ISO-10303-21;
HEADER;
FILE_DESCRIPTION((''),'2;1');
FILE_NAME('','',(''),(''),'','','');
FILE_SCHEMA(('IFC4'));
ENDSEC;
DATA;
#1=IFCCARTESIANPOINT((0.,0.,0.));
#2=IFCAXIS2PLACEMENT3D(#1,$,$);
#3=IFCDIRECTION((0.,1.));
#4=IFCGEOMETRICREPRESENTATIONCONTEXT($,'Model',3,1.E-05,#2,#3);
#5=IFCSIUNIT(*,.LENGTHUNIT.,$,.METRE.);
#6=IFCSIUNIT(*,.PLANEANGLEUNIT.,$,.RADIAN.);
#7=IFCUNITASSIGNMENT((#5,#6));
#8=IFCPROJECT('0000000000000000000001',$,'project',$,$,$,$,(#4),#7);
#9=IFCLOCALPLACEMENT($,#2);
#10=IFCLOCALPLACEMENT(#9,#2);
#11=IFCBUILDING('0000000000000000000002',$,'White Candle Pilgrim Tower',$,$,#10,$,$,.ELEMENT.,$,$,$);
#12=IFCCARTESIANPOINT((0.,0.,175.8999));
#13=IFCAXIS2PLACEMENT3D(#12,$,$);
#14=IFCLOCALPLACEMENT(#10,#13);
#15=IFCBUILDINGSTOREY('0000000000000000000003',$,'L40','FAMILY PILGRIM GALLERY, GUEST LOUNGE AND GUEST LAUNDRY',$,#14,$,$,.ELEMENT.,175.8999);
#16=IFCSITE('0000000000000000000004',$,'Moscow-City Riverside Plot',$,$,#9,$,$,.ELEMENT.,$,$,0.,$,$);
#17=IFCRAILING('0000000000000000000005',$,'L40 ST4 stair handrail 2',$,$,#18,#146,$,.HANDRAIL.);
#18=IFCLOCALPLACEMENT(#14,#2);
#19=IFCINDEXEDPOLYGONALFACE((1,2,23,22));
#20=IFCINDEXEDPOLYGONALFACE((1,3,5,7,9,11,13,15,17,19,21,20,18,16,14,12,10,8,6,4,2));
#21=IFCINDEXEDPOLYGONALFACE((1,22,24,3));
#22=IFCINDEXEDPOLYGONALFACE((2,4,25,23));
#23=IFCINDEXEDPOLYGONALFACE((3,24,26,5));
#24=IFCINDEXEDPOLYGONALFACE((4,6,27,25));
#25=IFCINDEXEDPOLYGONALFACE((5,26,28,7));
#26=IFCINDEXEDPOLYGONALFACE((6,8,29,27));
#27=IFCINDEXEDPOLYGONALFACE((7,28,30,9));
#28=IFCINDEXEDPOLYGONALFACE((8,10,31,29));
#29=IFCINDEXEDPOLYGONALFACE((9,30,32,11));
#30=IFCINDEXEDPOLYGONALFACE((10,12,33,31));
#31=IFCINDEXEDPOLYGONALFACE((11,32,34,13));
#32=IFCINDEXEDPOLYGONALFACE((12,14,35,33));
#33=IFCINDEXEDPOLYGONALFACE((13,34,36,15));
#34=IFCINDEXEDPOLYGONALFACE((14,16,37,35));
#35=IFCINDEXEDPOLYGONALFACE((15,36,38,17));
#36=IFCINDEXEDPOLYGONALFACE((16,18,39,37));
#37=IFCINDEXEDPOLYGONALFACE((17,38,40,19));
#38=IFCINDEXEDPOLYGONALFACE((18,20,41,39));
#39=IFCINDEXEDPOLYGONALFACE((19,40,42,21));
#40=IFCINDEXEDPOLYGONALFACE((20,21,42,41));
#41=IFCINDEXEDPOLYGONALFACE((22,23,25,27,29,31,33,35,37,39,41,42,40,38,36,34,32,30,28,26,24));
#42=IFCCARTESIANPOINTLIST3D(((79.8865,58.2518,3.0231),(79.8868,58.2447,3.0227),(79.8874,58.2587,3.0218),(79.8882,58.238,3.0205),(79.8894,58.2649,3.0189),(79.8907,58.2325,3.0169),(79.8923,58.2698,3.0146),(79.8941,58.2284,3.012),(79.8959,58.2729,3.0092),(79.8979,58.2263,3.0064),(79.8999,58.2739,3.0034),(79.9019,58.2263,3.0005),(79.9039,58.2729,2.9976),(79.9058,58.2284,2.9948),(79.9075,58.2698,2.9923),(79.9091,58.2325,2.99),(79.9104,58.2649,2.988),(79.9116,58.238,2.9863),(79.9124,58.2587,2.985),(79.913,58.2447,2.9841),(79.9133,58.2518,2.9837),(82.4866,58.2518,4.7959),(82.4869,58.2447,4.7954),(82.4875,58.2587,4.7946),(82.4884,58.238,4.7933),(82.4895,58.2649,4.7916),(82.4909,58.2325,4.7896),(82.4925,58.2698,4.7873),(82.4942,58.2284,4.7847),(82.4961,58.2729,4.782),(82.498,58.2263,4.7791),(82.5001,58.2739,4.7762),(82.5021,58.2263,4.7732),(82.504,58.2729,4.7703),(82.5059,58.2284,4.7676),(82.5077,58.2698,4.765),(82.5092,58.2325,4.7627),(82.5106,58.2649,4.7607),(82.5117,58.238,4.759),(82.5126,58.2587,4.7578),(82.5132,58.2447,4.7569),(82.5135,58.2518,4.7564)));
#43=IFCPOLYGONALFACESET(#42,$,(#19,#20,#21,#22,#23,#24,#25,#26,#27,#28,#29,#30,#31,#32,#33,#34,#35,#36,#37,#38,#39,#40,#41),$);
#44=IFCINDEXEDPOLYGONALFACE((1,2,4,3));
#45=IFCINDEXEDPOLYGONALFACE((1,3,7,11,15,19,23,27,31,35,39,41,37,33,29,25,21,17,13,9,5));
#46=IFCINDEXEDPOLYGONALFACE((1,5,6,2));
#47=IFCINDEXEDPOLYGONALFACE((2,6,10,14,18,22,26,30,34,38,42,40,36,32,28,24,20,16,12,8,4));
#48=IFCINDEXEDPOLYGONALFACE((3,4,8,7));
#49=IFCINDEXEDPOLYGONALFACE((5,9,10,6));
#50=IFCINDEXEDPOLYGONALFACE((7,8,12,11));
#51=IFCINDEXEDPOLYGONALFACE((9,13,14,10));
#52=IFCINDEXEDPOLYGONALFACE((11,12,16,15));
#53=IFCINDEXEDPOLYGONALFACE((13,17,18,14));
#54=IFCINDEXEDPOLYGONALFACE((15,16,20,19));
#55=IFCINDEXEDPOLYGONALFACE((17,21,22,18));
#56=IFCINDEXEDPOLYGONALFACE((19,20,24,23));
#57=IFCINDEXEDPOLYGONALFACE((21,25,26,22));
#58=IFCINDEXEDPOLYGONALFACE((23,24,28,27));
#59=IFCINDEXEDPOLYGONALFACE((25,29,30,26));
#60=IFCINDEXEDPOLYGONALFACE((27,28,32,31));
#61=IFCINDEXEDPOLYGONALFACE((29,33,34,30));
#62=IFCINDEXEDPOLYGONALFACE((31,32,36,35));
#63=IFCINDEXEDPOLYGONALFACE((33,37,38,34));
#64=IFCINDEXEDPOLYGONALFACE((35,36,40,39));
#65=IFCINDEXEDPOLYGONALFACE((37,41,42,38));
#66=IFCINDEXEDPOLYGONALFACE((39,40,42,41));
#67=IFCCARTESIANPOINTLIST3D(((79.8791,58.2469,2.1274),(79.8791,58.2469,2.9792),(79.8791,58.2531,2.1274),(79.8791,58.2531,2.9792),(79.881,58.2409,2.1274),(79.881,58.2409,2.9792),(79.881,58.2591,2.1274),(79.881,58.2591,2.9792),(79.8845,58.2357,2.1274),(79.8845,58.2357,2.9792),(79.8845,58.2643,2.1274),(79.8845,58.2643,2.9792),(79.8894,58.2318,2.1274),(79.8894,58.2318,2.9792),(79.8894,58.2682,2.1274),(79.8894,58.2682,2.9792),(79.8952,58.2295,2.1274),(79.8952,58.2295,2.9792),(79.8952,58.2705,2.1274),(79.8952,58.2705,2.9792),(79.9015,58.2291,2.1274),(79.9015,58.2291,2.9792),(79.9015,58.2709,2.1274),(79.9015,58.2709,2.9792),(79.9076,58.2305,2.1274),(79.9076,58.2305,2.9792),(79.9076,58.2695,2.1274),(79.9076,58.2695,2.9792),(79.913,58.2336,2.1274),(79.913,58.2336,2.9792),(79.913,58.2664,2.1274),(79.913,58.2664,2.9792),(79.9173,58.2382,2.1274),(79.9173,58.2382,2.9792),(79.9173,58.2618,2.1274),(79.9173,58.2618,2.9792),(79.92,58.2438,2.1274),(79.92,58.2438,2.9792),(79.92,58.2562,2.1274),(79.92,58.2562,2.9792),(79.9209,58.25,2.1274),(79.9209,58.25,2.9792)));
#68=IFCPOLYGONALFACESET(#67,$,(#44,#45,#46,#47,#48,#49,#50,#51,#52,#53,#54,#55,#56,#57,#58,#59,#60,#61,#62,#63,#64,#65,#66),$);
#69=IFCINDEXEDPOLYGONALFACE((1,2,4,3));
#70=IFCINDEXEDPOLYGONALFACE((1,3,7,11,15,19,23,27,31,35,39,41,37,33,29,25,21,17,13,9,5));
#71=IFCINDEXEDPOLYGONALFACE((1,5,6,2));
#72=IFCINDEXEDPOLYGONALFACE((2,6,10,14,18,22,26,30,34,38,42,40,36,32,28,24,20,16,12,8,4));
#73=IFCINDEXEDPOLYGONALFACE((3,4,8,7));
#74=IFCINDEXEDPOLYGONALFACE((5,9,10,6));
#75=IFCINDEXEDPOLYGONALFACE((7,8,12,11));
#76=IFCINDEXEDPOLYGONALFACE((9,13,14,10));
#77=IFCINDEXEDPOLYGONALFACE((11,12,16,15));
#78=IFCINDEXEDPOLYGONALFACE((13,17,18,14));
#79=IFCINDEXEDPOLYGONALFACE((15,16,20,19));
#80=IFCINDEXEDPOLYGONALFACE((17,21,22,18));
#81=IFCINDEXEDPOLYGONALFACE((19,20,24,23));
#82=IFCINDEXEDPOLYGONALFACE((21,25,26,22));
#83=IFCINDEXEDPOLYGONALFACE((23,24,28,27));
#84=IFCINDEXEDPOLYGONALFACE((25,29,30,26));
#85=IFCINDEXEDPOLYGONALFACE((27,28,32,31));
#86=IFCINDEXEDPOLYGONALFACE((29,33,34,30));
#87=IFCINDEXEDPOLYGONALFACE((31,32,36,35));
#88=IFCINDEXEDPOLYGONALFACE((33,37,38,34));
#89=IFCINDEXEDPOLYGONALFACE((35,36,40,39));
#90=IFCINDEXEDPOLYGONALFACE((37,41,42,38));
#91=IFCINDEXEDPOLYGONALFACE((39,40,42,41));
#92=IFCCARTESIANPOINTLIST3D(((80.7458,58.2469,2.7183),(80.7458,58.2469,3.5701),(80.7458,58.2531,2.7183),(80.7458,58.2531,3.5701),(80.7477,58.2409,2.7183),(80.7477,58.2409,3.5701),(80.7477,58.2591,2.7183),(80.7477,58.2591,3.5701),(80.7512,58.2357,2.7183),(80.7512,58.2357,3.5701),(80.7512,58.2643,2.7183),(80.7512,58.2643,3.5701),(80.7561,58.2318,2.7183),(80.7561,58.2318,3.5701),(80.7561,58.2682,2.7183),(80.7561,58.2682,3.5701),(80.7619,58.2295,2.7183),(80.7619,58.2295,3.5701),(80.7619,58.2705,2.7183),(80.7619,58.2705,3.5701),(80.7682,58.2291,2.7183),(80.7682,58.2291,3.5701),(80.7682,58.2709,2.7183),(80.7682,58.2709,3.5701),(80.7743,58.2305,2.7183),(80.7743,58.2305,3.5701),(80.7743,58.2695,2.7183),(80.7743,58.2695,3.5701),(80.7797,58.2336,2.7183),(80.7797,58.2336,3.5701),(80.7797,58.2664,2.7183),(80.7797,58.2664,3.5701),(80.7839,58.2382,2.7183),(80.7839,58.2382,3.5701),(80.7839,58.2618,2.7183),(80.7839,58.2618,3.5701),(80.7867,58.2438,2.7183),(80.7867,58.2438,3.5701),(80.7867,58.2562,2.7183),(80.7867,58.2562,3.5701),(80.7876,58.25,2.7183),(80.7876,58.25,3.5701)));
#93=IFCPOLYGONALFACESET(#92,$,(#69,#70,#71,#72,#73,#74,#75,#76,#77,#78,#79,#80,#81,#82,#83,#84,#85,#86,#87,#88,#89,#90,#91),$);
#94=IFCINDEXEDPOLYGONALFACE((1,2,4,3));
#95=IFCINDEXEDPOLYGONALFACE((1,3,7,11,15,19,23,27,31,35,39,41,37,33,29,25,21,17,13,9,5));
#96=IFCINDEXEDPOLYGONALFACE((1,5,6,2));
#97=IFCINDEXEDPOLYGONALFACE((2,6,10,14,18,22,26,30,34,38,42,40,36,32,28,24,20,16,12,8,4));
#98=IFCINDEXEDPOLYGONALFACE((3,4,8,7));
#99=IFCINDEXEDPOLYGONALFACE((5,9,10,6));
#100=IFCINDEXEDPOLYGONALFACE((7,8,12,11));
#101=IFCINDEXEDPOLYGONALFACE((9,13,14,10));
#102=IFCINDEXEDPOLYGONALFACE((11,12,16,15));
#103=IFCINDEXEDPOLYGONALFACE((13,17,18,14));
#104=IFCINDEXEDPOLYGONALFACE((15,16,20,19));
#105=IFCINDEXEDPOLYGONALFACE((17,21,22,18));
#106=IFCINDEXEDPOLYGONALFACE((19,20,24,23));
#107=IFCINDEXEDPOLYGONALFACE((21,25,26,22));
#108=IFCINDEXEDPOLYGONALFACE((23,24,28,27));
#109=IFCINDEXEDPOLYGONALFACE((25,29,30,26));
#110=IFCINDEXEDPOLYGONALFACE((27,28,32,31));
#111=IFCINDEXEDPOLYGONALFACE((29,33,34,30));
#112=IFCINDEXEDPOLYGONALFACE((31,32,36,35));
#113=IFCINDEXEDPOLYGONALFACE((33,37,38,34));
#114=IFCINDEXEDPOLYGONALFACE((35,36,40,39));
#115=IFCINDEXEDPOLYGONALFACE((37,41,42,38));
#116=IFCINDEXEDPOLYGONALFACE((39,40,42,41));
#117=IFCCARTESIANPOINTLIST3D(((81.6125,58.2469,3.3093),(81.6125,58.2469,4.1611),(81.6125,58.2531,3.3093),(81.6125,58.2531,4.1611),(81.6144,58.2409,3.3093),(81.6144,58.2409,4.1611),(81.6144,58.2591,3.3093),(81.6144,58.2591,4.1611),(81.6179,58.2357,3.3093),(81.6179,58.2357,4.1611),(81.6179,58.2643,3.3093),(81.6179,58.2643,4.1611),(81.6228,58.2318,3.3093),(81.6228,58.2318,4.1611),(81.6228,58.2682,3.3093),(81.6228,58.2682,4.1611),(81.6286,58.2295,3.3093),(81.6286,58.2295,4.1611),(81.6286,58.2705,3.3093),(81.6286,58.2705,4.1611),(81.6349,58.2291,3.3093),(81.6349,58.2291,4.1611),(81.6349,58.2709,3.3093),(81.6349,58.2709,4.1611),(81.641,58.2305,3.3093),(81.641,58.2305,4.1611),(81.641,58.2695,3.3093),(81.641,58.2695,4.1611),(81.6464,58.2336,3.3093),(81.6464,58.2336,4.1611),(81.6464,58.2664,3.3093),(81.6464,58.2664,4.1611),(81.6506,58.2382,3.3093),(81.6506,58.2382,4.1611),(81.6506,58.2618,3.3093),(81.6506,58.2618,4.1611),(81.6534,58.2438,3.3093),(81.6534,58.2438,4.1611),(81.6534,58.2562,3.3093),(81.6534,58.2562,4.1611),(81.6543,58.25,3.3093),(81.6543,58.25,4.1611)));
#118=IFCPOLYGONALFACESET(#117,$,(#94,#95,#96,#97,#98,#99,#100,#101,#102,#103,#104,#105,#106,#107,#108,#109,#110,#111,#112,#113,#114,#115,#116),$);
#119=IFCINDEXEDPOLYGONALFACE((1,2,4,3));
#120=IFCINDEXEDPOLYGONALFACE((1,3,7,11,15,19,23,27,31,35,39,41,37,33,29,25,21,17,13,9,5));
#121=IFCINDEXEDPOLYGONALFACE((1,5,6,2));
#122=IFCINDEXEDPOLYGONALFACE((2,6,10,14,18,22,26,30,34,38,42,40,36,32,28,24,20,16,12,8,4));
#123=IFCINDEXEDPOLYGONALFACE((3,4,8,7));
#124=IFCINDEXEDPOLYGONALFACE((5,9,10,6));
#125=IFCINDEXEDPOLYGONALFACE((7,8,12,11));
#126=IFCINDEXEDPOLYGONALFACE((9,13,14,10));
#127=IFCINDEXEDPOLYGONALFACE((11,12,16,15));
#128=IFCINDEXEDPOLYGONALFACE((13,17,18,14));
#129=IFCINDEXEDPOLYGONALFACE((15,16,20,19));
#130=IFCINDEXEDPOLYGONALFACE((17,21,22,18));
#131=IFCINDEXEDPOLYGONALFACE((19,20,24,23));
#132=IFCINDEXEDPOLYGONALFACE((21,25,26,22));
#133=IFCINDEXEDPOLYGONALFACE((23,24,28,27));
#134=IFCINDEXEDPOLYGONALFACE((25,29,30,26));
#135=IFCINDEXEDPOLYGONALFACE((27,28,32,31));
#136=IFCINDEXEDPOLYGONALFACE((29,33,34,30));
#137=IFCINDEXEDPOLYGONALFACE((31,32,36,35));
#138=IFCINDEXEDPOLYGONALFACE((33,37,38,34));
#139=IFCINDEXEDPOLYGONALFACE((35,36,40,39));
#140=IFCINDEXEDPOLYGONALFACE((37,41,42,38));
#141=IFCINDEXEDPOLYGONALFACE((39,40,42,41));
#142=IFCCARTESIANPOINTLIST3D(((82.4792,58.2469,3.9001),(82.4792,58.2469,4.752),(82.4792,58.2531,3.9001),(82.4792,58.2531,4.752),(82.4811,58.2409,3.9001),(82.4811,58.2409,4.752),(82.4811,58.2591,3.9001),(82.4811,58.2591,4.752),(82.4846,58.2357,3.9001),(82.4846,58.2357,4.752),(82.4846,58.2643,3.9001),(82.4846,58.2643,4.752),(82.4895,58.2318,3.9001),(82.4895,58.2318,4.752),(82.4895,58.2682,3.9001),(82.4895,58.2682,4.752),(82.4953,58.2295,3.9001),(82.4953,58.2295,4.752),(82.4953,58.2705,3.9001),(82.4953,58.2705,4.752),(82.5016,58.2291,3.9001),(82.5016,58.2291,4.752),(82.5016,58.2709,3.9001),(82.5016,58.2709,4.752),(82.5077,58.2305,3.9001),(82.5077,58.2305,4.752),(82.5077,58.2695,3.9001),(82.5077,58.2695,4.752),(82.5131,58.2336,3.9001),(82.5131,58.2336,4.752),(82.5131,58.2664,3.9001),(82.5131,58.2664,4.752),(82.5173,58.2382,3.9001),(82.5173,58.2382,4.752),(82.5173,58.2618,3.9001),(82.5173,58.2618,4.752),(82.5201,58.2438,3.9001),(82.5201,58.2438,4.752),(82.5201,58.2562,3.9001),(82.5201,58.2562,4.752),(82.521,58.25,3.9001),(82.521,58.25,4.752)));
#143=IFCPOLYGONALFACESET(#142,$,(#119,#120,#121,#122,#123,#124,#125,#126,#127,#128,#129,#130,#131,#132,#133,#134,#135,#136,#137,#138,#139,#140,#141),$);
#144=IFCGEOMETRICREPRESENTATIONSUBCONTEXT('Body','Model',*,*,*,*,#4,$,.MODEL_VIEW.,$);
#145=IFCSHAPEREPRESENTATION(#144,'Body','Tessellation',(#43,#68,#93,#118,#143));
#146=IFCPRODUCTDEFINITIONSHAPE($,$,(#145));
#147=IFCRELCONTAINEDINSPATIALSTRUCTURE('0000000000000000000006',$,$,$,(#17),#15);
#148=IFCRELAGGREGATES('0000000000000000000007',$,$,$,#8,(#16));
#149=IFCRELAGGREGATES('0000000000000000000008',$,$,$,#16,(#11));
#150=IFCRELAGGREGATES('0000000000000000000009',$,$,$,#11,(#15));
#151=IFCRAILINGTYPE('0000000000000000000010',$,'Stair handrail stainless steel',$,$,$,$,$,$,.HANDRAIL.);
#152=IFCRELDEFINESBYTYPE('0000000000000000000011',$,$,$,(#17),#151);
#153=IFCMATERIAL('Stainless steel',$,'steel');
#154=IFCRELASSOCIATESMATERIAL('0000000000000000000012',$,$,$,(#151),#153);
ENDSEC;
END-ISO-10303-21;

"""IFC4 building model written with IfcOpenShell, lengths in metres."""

from ifc_helpers import new_model, si_unit, direction, frame, origin, origin_2d, place, context, subcontext, project, spatial, circle, extrude, material, type_object, element, save


model = new_model("IFC4")

# Units and contexts
model_context = context("Model", 3, precision=1e-05, world=origin(), true_north=direction((0.0, 1.0)))
body_context = subcontext(model_context, "Body", "Model", "MODEL_VIEW")
ifc_project = project(units=[si_unit("LENGTHUNIT", "METRE"), si_unit("PLANEANGLEUNIT", "RADIAN")], contexts=[model_context])

# Site, building, storey
site_placement = place(None, origin())
site = spatial("IfcSite", under=ifc_project, at=site_placement, Name="Moscow-City Riverside Plot", CompositionType="ELEMENT", RefElevation=0.0)
building_placement = place(site_placement, origin())
building = spatial("IfcBuilding", under=site, at=building_placement, Name="White Candle Pilgrim Tower", CompositionType="ELEMENT")
storey_placement = place(building_placement, frame((0.0, 0.0, 175.8999)))
storey = spatial("IfcBuildingStorey", under=building, at=storey_placement, Name="L40", Description="FAMILY PILGRIM GALLERY, GUEST LOUNGE AND GUEST LAUNDRY", CompositionType="ELEMENT", Elevation=175.8999)

# Railing
ifc_material_1 = material(Name="Stainless steel", Category="steel")
railing_type_1 = type_object("IfcRailingType", Name="Stair handrail stainless steel", PredefinedType="HANDRAIL", material=ifc_material_1)
railing_1_placement = place(storey_placement, frame((79.8999, 58.25, 2.1274)))
element("IfcRailing", 1, at=railing_1_placement, inside=storey, type_object=railing_type_1, Name="L40 ST4 stair handrail 2", PredefinedType="HANDRAIL", context=body_context, shape_type="SweptSolid", body=[
    extrude(circle(Radius=0.0239, at=origin_2d()), frame((0.0, 0.0, 0.876), z_axis=(0.82624, 0.0, 0.563318), x_axis=(0.0, 1.0, 0.0)), (0.0, 0.0, 1.0), 3.147),
    extrude(circle(Radius=0.021, at=origin_2d()), origin(), (0.0, 0.0, 1.0), 0.8518),
    extrude(circle(Radius=0.021, at=origin_2d()), frame((0.8667, 0.0, 0.5908)), (0.0, 0.0, 1.0), 0.8518),
    extrude(circle(Radius=0.021, at=origin_2d()), frame((1.7334, 0.0, 1.1819)), (0.0, 0.0, 1.0), 0.8518),
    extrude(circle(Radius=0.021, at=origin_2d()), frame((2.6001, 0.0, 1.7727)), (0.0, 0.0, 1.0), 0.8518),
])

save(model, "model.ifc")
